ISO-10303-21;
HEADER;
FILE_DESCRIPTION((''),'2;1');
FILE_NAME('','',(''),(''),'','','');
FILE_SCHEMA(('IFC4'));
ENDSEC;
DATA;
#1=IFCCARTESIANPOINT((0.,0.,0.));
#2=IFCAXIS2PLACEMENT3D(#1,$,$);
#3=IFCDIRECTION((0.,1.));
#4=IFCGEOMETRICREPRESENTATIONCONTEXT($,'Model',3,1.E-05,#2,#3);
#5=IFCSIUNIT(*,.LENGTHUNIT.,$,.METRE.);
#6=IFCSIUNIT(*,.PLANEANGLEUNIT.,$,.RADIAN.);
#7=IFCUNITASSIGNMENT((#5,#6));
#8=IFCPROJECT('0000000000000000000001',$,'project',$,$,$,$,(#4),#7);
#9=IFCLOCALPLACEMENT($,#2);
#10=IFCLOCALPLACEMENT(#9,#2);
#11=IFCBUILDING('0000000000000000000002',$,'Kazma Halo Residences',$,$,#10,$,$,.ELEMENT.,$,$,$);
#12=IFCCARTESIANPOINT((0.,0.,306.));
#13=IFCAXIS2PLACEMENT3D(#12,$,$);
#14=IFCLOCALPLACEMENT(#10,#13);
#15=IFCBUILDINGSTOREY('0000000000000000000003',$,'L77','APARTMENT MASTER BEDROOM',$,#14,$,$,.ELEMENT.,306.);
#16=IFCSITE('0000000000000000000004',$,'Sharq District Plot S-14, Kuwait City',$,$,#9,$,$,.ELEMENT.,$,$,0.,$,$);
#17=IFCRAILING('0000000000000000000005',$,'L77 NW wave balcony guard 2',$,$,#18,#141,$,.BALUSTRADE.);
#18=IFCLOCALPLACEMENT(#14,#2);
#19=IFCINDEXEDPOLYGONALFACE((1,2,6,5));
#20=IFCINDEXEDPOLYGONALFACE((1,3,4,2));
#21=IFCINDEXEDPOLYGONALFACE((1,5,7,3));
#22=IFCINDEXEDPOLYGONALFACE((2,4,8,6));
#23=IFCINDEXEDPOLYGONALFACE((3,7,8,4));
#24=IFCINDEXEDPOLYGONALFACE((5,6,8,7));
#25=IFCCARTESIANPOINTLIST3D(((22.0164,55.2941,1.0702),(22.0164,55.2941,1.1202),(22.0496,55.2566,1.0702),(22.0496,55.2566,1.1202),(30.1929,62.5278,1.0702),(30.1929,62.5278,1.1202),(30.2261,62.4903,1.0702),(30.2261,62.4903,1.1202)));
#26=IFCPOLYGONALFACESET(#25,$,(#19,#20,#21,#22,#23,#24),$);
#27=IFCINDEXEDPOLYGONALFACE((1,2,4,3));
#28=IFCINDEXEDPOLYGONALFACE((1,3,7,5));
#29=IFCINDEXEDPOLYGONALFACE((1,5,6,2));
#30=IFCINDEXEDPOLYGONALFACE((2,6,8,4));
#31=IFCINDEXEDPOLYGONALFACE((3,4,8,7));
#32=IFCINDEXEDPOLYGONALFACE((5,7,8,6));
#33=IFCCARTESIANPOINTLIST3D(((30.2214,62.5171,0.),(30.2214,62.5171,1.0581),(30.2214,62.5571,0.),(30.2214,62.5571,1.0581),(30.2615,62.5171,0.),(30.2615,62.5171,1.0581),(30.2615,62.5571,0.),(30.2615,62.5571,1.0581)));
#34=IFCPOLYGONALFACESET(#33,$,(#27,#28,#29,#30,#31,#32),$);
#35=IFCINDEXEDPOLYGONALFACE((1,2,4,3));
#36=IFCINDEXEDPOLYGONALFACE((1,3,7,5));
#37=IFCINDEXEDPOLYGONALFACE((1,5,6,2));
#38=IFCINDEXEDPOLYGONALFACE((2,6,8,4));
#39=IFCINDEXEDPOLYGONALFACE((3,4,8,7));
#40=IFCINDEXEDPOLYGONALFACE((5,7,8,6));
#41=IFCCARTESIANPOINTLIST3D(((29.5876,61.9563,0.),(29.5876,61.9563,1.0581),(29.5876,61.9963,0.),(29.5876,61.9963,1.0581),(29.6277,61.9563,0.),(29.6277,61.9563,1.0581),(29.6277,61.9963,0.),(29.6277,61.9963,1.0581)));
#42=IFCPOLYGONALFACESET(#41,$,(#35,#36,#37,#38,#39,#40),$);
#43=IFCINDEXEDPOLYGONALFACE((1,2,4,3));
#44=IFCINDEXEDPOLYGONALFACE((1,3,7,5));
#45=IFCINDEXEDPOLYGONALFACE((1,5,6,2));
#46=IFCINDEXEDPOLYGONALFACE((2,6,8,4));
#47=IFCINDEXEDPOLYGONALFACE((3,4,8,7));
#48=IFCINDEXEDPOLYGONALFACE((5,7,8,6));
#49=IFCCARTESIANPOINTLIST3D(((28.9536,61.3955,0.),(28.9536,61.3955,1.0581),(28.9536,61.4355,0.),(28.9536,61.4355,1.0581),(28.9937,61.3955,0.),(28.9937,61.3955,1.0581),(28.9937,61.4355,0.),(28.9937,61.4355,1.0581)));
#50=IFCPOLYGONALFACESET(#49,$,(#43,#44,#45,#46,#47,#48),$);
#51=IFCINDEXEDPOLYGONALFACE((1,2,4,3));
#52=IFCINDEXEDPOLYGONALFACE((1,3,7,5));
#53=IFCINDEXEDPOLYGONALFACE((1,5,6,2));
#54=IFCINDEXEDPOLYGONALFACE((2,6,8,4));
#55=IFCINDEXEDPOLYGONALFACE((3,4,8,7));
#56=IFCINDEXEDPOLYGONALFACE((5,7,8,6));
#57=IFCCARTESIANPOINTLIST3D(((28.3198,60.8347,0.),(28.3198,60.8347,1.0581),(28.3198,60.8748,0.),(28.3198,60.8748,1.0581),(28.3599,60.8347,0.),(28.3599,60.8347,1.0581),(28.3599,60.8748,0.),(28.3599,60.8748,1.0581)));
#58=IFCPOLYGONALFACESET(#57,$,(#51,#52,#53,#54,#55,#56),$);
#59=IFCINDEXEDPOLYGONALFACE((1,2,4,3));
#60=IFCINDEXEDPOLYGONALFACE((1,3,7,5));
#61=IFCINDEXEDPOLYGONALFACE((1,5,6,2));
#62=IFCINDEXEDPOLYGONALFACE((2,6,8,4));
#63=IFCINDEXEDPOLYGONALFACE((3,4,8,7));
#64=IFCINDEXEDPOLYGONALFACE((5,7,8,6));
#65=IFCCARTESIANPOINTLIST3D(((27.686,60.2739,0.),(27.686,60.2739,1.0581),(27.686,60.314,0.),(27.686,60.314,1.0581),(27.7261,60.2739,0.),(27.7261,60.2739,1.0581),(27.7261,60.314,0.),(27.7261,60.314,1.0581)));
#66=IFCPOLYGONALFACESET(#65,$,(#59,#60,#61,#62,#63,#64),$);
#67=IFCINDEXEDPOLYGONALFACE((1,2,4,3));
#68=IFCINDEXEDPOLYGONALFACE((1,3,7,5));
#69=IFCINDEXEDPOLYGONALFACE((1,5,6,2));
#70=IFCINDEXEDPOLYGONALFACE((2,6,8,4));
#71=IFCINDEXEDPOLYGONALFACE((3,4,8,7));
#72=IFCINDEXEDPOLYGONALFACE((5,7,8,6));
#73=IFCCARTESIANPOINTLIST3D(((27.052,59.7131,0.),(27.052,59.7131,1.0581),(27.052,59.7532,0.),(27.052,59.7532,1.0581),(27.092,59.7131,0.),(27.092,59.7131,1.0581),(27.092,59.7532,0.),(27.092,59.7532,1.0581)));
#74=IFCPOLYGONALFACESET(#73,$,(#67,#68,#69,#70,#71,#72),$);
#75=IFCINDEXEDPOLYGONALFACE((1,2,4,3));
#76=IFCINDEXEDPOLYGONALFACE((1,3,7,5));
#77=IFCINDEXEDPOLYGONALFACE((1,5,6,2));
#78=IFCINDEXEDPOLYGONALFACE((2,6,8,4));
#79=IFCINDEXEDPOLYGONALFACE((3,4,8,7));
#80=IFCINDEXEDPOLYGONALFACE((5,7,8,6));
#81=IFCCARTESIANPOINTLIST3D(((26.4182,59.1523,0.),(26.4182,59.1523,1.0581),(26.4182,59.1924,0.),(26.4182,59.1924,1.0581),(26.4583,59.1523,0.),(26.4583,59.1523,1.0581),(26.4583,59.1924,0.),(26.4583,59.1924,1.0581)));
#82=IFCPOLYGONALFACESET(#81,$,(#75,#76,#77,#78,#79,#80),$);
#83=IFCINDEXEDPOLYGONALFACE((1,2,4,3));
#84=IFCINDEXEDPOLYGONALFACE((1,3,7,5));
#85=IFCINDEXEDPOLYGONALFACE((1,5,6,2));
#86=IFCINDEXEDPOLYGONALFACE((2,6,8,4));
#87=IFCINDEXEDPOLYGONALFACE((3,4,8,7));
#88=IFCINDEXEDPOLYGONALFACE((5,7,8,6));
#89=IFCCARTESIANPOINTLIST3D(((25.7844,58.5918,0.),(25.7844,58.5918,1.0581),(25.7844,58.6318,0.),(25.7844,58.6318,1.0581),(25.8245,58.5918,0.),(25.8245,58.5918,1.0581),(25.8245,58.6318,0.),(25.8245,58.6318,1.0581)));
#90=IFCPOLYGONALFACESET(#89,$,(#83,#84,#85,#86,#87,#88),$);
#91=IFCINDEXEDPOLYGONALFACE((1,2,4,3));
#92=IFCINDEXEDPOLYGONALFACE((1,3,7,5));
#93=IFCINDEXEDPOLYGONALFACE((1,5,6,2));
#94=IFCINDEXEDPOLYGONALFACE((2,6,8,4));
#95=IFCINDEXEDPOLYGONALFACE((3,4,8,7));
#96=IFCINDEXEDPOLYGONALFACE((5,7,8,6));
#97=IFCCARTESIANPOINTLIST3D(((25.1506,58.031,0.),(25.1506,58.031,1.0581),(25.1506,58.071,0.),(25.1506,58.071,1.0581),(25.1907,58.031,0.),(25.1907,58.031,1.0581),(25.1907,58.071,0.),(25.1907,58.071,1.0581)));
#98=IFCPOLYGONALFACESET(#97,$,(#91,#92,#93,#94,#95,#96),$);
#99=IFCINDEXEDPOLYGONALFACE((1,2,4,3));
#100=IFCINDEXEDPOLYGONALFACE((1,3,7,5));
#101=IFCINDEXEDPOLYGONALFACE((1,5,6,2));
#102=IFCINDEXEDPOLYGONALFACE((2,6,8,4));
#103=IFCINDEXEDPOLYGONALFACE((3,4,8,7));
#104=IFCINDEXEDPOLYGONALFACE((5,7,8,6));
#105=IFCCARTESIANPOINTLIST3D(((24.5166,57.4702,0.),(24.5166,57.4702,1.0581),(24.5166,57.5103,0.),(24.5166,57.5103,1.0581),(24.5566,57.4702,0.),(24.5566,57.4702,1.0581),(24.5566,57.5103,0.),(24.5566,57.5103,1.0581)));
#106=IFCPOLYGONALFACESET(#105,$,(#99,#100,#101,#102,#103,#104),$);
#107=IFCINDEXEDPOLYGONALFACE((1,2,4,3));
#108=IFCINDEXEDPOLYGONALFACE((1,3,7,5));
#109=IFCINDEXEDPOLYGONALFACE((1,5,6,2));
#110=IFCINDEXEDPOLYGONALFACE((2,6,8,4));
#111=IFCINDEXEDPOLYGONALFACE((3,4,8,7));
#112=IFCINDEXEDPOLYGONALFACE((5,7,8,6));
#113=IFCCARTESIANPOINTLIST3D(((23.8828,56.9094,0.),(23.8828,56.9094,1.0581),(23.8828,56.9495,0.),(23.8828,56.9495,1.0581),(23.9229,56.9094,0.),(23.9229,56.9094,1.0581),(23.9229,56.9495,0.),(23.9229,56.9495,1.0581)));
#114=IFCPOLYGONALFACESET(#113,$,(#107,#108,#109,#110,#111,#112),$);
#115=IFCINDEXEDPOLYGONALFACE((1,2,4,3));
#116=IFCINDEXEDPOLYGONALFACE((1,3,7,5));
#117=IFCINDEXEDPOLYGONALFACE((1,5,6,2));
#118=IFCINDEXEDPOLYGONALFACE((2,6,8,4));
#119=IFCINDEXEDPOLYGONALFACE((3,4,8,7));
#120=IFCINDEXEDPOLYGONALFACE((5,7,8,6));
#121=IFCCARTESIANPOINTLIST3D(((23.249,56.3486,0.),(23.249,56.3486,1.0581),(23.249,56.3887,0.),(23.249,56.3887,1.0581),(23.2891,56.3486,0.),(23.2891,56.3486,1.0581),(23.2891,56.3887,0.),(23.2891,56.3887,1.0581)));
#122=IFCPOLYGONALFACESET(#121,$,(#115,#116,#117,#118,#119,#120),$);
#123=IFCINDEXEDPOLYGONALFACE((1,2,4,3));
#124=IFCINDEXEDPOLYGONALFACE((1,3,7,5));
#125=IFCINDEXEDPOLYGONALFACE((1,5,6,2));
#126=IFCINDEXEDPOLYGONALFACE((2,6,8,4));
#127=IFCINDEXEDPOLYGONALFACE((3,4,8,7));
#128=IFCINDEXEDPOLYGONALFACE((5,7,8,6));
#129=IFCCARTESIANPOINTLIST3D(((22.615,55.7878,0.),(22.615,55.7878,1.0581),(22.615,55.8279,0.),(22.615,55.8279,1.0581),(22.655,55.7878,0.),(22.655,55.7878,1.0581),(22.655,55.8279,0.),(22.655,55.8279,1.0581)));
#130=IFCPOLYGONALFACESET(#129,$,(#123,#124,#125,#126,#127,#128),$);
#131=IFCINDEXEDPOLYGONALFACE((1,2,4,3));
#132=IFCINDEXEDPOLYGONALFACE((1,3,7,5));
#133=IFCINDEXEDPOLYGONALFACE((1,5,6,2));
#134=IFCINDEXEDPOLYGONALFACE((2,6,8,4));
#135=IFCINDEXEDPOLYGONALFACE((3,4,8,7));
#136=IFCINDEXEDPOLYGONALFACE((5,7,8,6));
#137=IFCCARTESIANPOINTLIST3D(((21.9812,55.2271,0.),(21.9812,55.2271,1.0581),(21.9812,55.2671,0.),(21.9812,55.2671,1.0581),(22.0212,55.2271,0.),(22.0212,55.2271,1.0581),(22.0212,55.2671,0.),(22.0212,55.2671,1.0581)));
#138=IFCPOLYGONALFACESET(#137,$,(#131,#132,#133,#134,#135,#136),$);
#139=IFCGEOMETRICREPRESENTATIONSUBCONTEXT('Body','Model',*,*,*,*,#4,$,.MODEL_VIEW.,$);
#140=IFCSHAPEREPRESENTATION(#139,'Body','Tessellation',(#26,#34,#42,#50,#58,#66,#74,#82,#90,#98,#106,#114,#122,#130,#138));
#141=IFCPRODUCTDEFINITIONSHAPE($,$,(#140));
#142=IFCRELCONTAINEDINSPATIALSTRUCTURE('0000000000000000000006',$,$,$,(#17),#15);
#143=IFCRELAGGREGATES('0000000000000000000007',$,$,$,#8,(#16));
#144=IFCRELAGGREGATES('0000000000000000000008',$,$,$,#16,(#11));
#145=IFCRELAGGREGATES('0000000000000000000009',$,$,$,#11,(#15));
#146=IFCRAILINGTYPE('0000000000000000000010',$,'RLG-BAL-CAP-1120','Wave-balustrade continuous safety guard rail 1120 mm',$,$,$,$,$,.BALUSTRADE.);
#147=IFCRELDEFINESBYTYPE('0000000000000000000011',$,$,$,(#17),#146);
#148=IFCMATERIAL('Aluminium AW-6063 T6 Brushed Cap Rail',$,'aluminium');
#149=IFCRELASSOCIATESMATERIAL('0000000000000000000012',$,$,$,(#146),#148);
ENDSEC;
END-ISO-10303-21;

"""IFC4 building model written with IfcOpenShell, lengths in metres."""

from ifc_helpers import new_model, si_unit, direction, frame, origin, origin_2d, place, context, subcontext, project, spatial, rectangle, extrude, material, type_object, element, save


model = new_model("IFC4")

# Units and contexts
model_context = context("Model", 3, precision=1e-05, world=origin(), true_north=direction((0.0, 1.0)))
body_context = subcontext(model_context, "Body", "Model", "MODEL_VIEW")
ifc_project = project(units=[si_unit("LENGTHUNIT", "METRE"), si_unit("PLANEANGLEUNIT", "RADIAN")], contexts=[model_context])

# Site, building, storey
site_placement = place(None, origin())
site = spatial("IfcSite", under=ifc_project, at=site_placement, Name="Sharq District Plot S-14, Kuwait City", CompositionType="ELEMENT", RefElevation=0.0)
building_placement = place(site_placement, origin())
building = spatial("IfcBuilding", under=site, at=building_placement, Name="Kazma Halo Residences", CompositionType="ELEMENT")
storey_placement = place(building_placement, frame((0.0, 0.0, 306.0)))
storey = spatial("IfcBuildingStorey", under=building, at=storey_placement, Name="L77", Description="APARTMENT MASTER BEDROOM", CompositionType="ELEMENT", Elevation=306.0)

# Railing
ifc_material_1 = material(Name="Aluminium AW-6063 T6 Brushed Cap Rail", Category="aluminium")
railing_type = type_object("IfcRailingType", Name="RLG-BAL-CAP-1120", Description="Wave-balustrade continuous safety guard rail 1120 mm", PredefinedType="BALUSTRADE", material=ifc_material_1)
railing_1_placement = place(storey_placement, frame((30.2415, 62.5371, 0.0)))
element("IfcRailing", 1, at=railing_1_placement, inside=storey, type_object=railing_type, Name="L77 NW wave balcony guard 2", PredefinedType="BALUSTRADE", context=body_context, shape_type="SweptSolid", body=[
    extrude(rectangle(XDim=0.05, YDim=0.05, at=origin_2d()), frame((-0.032, -0.0281, 1.0952), z_axis=(-0.748969, -0.662605, 0.0), x_axis=(0.662605, -0.748969, 0.0)), (0.0, 0.0, 1.0), 10.917),
    extrude(rectangle(XDim=0.04, YDim=0.04, at=origin_2d()), origin(), (0.0, 0.0, 1.0), 1.0581),
    extrude(rectangle(XDim=0.04, YDim=0.04, at=origin_2d()), frame((-0.6338, -0.5608, 0.0)), (0.0, 0.0, 1.0), 1.0581),
    extrude(rectangle(XDim=0.04, YDim=0.04, at=origin_2d()), frame((-1.2678, -1.1216, 0.0)), (0.0, 0.0, 1.0), 1.0581),
    extrude(rectangle(XDim=0.04, YDim=0.04, at=origin_2d()), frame((-1.9016, -1.6824, 0.0)), (0.0, 0.0, 1.0), 1.0581),
    extrude(rectangle(XDim=0.04, YDim=0.04, at=origin_2d()), frame((-2.5354, -2.2432, 0.0)), (0.0, 0.0, 1.0), 1.0581),
    extrude(rectangle(XDim=0.04, YDim=0.04, at=origin_2d()), frame((-3.1694, -2.804, 0.0)), (0.0, 0.0, 1.0), 1.0581),
    extrude(rectangle(XDim=0.04, YDim=0.04, at=origin_2d()), frame((-3.8032, -3.3647, 0.0)), (0.0, 0.0, 1.0), 1.0581),
    extrude(rectangle(XDim=0.04, YDim=0.04, at=origin_2d()), frame((-4.437, -3.9253, 0.0)), (0.0, 0.0, 1.0), 1.0581),
    extrude(rectangle(XDim=0.04, YDim=0.04, at=origin_2d()), frame((-5.0708, -4.4861, 0.0)), (0.0, 0.0, 1.0), 1.0581),
    extrude(rectangle(XDim=0.04, YDim=0.04, at=origin_2d()), frame((-5.7048, -5.0469, 0.0)), (0.0, 0.0, 1.0), 1.0581),
    extrude(rectangle(XDim=0.04, YDim=0.04, at=origin_2d()), frame((-6.3386, -5.6077, 0.0)), (0.0, 0.0, 1.0), 1.0581),
    extrude(rectangle(XDim=0.04, YDim=0.04, at=origin_2d()), frame((-6.9724, -6.1685, 0.0)), (0.0, 0.0, 1.0), 1.0581),
    extrude(rectangle(XDim=0.04, YDim=0.04, at=origin_2d()), frame((-7.6064, -6.7292, 0.0)), (0.0, 0.0, 1.0), 1.0581),
    extrude(rectangle(XDim=0.04, YDim=0.04, at=origin_2d()), frame((-8.2402, -7.29, 0.0)), (0.0, 0.0, 1.0), 1.0581),
])

save(model, "model.ifc")
